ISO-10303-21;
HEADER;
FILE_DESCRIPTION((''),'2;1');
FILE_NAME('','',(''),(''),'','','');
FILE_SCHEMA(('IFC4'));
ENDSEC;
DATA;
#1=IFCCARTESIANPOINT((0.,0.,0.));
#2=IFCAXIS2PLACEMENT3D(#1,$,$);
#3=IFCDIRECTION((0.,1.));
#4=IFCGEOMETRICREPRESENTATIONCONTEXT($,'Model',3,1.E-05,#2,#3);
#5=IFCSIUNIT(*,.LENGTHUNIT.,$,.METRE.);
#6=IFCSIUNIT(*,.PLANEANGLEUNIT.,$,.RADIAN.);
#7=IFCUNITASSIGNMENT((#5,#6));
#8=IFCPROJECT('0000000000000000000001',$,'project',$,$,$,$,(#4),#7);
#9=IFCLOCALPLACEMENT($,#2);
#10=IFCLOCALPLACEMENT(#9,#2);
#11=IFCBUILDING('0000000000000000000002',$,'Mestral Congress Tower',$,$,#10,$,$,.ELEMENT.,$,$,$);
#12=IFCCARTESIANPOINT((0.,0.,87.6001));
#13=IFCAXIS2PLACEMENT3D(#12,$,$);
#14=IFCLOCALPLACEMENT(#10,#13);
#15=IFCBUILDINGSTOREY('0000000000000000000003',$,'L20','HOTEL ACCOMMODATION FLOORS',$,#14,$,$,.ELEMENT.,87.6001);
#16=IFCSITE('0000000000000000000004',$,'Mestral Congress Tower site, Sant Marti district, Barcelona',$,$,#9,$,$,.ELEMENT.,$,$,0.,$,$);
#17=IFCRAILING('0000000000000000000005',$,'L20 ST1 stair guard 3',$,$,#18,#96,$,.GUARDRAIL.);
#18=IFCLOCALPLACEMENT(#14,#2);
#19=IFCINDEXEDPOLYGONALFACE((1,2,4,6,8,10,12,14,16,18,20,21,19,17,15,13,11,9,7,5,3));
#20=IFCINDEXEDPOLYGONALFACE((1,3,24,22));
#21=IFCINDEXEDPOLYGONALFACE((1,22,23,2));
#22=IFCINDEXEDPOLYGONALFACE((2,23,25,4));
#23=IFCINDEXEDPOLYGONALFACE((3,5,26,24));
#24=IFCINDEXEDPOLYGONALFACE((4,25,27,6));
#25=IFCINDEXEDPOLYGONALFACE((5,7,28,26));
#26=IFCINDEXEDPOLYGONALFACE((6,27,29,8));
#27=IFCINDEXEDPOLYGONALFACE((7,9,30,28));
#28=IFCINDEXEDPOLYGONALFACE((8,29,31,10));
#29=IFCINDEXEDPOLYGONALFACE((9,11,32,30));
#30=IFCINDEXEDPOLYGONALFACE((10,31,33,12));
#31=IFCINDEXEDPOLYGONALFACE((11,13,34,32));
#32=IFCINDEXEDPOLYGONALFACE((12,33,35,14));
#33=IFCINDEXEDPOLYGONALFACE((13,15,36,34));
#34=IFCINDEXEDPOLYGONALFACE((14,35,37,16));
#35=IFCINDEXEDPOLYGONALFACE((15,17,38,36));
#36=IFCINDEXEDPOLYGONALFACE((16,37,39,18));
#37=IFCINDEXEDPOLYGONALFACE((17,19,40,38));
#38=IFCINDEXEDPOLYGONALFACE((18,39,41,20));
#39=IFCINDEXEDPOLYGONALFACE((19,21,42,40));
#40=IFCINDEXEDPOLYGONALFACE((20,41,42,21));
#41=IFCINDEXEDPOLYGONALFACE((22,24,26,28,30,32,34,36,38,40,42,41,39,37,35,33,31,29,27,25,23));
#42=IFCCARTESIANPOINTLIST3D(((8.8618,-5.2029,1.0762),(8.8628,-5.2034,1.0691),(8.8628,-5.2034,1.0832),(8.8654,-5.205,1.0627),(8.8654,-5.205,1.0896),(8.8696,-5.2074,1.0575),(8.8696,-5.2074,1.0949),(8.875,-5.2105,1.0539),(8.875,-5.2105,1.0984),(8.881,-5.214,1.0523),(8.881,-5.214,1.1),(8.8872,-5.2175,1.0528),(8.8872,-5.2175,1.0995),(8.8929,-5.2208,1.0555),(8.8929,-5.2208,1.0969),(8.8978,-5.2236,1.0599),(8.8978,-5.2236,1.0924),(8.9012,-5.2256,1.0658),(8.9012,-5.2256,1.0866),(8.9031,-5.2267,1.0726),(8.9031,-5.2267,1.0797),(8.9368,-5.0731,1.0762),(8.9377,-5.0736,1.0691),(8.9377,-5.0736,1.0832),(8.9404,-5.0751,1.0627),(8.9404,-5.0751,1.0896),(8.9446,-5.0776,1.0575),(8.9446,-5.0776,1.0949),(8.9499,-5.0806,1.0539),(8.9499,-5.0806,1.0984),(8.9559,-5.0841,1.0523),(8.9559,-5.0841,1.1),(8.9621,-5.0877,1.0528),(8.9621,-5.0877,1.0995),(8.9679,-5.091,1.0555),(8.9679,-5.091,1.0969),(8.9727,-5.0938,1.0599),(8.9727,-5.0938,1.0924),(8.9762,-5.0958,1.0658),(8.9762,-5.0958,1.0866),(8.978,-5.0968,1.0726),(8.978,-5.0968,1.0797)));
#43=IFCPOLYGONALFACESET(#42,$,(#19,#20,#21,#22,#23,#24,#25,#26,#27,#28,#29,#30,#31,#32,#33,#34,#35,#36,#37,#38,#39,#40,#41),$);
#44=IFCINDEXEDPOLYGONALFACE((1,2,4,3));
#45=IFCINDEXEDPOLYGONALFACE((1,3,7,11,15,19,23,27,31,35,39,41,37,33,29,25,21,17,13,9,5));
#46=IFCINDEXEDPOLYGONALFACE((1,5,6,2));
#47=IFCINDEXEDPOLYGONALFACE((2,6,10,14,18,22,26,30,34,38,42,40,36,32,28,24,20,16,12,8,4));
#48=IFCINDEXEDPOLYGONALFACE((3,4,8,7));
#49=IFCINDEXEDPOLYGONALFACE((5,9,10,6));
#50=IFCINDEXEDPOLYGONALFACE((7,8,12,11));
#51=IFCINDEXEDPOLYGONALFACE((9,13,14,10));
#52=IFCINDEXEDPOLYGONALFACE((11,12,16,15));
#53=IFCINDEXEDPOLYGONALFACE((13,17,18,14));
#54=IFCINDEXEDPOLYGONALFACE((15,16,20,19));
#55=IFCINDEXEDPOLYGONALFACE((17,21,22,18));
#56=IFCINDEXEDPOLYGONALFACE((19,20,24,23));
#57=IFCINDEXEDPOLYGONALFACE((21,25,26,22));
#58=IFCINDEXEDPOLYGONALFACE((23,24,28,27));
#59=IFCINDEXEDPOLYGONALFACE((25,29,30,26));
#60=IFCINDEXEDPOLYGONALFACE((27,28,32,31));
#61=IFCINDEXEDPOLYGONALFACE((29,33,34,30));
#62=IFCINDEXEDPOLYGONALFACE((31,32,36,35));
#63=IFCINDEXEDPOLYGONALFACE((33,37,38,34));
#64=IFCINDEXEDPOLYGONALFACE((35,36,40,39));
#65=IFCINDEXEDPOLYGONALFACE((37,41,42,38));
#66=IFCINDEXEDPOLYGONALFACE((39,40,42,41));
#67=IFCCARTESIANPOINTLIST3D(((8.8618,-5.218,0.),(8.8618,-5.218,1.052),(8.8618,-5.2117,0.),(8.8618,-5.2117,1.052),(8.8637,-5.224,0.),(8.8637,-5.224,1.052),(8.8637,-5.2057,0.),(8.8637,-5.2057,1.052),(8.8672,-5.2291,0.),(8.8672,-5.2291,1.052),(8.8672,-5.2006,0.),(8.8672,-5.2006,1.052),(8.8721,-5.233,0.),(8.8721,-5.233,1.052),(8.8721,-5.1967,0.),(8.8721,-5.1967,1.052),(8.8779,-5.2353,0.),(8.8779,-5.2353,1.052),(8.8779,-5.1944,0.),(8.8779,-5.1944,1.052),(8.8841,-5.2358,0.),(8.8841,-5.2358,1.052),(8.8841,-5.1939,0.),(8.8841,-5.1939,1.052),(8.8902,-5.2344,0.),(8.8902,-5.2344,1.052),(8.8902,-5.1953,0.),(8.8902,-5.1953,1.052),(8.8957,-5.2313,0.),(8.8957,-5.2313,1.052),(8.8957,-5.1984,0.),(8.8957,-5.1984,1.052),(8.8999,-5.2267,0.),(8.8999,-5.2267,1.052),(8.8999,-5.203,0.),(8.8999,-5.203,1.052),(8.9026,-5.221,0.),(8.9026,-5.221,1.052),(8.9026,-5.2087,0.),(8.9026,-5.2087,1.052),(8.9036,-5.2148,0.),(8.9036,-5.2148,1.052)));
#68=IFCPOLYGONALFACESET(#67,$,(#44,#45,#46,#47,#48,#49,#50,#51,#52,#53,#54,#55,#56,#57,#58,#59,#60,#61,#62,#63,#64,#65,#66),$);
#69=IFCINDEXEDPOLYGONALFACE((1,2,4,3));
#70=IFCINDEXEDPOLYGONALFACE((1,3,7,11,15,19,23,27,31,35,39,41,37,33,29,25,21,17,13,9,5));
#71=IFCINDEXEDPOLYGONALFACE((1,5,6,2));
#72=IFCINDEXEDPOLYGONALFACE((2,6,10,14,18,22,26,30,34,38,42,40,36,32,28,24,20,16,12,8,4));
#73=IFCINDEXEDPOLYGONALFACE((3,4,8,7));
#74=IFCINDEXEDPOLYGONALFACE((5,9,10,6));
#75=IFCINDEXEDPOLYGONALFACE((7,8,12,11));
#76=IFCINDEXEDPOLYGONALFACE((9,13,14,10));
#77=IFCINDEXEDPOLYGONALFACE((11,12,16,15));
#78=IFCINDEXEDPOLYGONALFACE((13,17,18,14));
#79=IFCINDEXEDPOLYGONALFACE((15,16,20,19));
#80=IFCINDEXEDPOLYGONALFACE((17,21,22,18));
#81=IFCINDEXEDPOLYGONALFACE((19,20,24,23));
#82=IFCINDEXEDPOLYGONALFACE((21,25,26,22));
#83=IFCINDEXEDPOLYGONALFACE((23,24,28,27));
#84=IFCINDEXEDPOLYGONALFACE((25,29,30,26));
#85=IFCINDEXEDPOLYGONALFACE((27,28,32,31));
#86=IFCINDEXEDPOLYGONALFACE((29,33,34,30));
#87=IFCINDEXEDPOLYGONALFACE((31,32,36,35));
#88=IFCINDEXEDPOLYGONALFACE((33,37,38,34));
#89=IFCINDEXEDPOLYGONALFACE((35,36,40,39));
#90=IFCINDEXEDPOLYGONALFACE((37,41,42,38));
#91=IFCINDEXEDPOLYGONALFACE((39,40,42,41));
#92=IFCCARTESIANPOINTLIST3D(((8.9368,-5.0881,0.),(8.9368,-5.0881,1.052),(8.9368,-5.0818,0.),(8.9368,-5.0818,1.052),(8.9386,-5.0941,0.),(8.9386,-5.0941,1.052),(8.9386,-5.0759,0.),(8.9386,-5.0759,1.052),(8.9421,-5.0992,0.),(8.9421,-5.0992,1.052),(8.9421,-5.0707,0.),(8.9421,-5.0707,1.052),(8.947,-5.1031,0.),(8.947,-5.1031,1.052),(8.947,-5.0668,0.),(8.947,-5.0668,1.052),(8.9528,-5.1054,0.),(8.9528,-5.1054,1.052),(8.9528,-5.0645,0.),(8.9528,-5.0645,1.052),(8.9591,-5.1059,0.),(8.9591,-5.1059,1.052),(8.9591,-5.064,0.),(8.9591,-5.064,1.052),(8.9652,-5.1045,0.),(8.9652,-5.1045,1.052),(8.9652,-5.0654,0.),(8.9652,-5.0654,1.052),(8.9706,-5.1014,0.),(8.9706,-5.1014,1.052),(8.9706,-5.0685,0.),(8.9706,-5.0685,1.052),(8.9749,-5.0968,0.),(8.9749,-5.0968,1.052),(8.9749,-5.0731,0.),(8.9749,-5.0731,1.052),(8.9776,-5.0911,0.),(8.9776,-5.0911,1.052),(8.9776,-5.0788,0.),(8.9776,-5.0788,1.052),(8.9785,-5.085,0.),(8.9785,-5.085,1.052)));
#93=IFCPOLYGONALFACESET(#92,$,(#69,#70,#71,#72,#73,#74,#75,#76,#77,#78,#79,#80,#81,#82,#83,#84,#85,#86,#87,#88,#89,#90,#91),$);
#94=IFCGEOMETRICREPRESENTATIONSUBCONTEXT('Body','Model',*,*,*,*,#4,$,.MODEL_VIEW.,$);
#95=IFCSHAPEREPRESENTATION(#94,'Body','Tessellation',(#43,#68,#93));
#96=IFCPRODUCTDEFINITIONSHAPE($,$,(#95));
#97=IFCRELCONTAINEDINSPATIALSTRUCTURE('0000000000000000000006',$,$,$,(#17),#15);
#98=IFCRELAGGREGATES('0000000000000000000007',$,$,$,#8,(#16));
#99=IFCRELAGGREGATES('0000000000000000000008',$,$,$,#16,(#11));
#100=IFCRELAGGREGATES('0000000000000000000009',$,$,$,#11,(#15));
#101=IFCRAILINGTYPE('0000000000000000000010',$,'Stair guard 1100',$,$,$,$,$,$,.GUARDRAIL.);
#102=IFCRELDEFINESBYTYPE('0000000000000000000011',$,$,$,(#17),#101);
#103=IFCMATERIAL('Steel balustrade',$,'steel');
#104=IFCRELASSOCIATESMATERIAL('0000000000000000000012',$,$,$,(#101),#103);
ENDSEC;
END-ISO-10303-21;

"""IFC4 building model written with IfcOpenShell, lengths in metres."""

from ifc_helpers import new_model, si_unit, direction, frame, origin, origin_2d, place, context, subcontext, project, spatial, circle, extrude, material, type_object, element, save


model = new_model("IFC4")

# Units and contexts
model_context = context("Model", 3, precision=1e-05, world=origin(), true_north=direction((0.0, 1.0)))
body_context = subcontext(model_context, "Body", "Model", "MODEL_VIEW")
ifc_project = project(units=[si_unit("LENGTHUNIT", "METRE"), si_unit("PLANEANGLEUNIT", "RADIAN")], contexts=[model_context])

# Site, building, storey
site_placement = place(None, origin())
site = spatial("IfcSite", under=ifc_project, at=site_placement, Name="Mestral Congress Tower site, Sant Marti district, Barcelona", CompositionType="ELEMENT", RefElevation=0.0)
building_placement = place(site_placement, origin())
building = spatial("IfcBuilding", under=site, at=building_placement, Name="Mestral Congress Tower", CompositionType="ELEMENT")
storey_placement = place(building_placement, frame((0.0, 0.0, 87.6001)))
storey = spatial("IfcBuildingStorey", under=building, at=storey_placement, Name="L20", Description="HOTEL ACCOMMODATION FLOORS", CompositionType="ELEMENT", Elevation=87.6001)

# Railing
ifc_material_1 = material(Name="Steel balustrade", Category="steel")
railing_type_1 = type_object("IfcRailingType", Name="Stair guard 1100", PredefinedType="GUARDRAIL", material=ifc_material_1)
railing_1_placement = place(storey_placement, frame((8.8826, -5.2148, 0.0)))
element("IfcRailing", 1, at=railing_1_placement, inside=storey, type_object=railing_type_1, Name="L20 ST1 stair guard 3", PredefinedType="GUARDRAIL", context=body_context, shape_type="SweptSolid", body=[
    extrude(circle(Radius=0.0239, at=origin_2d()), frame((0.0, 0.0, 1.0762), z_axis=(0.499816, 0.866131, 0.0), x_axis=(-0.866131, 0.499816, 0.0)), (0.0, 0.0, 1.0), 0.1499),
    extrude(circle(Radius=0.021, at=origin_2d()), origin(), (0.0, 0.0, 1.0), 1.052),
    extrude(circle(Radius=0.021, at=origin_2d()), frame((0.075, 0.1299, 0.0)), (0.0, 0.0, 1.0), 1.052),
])

save(model, "model.ifc")
